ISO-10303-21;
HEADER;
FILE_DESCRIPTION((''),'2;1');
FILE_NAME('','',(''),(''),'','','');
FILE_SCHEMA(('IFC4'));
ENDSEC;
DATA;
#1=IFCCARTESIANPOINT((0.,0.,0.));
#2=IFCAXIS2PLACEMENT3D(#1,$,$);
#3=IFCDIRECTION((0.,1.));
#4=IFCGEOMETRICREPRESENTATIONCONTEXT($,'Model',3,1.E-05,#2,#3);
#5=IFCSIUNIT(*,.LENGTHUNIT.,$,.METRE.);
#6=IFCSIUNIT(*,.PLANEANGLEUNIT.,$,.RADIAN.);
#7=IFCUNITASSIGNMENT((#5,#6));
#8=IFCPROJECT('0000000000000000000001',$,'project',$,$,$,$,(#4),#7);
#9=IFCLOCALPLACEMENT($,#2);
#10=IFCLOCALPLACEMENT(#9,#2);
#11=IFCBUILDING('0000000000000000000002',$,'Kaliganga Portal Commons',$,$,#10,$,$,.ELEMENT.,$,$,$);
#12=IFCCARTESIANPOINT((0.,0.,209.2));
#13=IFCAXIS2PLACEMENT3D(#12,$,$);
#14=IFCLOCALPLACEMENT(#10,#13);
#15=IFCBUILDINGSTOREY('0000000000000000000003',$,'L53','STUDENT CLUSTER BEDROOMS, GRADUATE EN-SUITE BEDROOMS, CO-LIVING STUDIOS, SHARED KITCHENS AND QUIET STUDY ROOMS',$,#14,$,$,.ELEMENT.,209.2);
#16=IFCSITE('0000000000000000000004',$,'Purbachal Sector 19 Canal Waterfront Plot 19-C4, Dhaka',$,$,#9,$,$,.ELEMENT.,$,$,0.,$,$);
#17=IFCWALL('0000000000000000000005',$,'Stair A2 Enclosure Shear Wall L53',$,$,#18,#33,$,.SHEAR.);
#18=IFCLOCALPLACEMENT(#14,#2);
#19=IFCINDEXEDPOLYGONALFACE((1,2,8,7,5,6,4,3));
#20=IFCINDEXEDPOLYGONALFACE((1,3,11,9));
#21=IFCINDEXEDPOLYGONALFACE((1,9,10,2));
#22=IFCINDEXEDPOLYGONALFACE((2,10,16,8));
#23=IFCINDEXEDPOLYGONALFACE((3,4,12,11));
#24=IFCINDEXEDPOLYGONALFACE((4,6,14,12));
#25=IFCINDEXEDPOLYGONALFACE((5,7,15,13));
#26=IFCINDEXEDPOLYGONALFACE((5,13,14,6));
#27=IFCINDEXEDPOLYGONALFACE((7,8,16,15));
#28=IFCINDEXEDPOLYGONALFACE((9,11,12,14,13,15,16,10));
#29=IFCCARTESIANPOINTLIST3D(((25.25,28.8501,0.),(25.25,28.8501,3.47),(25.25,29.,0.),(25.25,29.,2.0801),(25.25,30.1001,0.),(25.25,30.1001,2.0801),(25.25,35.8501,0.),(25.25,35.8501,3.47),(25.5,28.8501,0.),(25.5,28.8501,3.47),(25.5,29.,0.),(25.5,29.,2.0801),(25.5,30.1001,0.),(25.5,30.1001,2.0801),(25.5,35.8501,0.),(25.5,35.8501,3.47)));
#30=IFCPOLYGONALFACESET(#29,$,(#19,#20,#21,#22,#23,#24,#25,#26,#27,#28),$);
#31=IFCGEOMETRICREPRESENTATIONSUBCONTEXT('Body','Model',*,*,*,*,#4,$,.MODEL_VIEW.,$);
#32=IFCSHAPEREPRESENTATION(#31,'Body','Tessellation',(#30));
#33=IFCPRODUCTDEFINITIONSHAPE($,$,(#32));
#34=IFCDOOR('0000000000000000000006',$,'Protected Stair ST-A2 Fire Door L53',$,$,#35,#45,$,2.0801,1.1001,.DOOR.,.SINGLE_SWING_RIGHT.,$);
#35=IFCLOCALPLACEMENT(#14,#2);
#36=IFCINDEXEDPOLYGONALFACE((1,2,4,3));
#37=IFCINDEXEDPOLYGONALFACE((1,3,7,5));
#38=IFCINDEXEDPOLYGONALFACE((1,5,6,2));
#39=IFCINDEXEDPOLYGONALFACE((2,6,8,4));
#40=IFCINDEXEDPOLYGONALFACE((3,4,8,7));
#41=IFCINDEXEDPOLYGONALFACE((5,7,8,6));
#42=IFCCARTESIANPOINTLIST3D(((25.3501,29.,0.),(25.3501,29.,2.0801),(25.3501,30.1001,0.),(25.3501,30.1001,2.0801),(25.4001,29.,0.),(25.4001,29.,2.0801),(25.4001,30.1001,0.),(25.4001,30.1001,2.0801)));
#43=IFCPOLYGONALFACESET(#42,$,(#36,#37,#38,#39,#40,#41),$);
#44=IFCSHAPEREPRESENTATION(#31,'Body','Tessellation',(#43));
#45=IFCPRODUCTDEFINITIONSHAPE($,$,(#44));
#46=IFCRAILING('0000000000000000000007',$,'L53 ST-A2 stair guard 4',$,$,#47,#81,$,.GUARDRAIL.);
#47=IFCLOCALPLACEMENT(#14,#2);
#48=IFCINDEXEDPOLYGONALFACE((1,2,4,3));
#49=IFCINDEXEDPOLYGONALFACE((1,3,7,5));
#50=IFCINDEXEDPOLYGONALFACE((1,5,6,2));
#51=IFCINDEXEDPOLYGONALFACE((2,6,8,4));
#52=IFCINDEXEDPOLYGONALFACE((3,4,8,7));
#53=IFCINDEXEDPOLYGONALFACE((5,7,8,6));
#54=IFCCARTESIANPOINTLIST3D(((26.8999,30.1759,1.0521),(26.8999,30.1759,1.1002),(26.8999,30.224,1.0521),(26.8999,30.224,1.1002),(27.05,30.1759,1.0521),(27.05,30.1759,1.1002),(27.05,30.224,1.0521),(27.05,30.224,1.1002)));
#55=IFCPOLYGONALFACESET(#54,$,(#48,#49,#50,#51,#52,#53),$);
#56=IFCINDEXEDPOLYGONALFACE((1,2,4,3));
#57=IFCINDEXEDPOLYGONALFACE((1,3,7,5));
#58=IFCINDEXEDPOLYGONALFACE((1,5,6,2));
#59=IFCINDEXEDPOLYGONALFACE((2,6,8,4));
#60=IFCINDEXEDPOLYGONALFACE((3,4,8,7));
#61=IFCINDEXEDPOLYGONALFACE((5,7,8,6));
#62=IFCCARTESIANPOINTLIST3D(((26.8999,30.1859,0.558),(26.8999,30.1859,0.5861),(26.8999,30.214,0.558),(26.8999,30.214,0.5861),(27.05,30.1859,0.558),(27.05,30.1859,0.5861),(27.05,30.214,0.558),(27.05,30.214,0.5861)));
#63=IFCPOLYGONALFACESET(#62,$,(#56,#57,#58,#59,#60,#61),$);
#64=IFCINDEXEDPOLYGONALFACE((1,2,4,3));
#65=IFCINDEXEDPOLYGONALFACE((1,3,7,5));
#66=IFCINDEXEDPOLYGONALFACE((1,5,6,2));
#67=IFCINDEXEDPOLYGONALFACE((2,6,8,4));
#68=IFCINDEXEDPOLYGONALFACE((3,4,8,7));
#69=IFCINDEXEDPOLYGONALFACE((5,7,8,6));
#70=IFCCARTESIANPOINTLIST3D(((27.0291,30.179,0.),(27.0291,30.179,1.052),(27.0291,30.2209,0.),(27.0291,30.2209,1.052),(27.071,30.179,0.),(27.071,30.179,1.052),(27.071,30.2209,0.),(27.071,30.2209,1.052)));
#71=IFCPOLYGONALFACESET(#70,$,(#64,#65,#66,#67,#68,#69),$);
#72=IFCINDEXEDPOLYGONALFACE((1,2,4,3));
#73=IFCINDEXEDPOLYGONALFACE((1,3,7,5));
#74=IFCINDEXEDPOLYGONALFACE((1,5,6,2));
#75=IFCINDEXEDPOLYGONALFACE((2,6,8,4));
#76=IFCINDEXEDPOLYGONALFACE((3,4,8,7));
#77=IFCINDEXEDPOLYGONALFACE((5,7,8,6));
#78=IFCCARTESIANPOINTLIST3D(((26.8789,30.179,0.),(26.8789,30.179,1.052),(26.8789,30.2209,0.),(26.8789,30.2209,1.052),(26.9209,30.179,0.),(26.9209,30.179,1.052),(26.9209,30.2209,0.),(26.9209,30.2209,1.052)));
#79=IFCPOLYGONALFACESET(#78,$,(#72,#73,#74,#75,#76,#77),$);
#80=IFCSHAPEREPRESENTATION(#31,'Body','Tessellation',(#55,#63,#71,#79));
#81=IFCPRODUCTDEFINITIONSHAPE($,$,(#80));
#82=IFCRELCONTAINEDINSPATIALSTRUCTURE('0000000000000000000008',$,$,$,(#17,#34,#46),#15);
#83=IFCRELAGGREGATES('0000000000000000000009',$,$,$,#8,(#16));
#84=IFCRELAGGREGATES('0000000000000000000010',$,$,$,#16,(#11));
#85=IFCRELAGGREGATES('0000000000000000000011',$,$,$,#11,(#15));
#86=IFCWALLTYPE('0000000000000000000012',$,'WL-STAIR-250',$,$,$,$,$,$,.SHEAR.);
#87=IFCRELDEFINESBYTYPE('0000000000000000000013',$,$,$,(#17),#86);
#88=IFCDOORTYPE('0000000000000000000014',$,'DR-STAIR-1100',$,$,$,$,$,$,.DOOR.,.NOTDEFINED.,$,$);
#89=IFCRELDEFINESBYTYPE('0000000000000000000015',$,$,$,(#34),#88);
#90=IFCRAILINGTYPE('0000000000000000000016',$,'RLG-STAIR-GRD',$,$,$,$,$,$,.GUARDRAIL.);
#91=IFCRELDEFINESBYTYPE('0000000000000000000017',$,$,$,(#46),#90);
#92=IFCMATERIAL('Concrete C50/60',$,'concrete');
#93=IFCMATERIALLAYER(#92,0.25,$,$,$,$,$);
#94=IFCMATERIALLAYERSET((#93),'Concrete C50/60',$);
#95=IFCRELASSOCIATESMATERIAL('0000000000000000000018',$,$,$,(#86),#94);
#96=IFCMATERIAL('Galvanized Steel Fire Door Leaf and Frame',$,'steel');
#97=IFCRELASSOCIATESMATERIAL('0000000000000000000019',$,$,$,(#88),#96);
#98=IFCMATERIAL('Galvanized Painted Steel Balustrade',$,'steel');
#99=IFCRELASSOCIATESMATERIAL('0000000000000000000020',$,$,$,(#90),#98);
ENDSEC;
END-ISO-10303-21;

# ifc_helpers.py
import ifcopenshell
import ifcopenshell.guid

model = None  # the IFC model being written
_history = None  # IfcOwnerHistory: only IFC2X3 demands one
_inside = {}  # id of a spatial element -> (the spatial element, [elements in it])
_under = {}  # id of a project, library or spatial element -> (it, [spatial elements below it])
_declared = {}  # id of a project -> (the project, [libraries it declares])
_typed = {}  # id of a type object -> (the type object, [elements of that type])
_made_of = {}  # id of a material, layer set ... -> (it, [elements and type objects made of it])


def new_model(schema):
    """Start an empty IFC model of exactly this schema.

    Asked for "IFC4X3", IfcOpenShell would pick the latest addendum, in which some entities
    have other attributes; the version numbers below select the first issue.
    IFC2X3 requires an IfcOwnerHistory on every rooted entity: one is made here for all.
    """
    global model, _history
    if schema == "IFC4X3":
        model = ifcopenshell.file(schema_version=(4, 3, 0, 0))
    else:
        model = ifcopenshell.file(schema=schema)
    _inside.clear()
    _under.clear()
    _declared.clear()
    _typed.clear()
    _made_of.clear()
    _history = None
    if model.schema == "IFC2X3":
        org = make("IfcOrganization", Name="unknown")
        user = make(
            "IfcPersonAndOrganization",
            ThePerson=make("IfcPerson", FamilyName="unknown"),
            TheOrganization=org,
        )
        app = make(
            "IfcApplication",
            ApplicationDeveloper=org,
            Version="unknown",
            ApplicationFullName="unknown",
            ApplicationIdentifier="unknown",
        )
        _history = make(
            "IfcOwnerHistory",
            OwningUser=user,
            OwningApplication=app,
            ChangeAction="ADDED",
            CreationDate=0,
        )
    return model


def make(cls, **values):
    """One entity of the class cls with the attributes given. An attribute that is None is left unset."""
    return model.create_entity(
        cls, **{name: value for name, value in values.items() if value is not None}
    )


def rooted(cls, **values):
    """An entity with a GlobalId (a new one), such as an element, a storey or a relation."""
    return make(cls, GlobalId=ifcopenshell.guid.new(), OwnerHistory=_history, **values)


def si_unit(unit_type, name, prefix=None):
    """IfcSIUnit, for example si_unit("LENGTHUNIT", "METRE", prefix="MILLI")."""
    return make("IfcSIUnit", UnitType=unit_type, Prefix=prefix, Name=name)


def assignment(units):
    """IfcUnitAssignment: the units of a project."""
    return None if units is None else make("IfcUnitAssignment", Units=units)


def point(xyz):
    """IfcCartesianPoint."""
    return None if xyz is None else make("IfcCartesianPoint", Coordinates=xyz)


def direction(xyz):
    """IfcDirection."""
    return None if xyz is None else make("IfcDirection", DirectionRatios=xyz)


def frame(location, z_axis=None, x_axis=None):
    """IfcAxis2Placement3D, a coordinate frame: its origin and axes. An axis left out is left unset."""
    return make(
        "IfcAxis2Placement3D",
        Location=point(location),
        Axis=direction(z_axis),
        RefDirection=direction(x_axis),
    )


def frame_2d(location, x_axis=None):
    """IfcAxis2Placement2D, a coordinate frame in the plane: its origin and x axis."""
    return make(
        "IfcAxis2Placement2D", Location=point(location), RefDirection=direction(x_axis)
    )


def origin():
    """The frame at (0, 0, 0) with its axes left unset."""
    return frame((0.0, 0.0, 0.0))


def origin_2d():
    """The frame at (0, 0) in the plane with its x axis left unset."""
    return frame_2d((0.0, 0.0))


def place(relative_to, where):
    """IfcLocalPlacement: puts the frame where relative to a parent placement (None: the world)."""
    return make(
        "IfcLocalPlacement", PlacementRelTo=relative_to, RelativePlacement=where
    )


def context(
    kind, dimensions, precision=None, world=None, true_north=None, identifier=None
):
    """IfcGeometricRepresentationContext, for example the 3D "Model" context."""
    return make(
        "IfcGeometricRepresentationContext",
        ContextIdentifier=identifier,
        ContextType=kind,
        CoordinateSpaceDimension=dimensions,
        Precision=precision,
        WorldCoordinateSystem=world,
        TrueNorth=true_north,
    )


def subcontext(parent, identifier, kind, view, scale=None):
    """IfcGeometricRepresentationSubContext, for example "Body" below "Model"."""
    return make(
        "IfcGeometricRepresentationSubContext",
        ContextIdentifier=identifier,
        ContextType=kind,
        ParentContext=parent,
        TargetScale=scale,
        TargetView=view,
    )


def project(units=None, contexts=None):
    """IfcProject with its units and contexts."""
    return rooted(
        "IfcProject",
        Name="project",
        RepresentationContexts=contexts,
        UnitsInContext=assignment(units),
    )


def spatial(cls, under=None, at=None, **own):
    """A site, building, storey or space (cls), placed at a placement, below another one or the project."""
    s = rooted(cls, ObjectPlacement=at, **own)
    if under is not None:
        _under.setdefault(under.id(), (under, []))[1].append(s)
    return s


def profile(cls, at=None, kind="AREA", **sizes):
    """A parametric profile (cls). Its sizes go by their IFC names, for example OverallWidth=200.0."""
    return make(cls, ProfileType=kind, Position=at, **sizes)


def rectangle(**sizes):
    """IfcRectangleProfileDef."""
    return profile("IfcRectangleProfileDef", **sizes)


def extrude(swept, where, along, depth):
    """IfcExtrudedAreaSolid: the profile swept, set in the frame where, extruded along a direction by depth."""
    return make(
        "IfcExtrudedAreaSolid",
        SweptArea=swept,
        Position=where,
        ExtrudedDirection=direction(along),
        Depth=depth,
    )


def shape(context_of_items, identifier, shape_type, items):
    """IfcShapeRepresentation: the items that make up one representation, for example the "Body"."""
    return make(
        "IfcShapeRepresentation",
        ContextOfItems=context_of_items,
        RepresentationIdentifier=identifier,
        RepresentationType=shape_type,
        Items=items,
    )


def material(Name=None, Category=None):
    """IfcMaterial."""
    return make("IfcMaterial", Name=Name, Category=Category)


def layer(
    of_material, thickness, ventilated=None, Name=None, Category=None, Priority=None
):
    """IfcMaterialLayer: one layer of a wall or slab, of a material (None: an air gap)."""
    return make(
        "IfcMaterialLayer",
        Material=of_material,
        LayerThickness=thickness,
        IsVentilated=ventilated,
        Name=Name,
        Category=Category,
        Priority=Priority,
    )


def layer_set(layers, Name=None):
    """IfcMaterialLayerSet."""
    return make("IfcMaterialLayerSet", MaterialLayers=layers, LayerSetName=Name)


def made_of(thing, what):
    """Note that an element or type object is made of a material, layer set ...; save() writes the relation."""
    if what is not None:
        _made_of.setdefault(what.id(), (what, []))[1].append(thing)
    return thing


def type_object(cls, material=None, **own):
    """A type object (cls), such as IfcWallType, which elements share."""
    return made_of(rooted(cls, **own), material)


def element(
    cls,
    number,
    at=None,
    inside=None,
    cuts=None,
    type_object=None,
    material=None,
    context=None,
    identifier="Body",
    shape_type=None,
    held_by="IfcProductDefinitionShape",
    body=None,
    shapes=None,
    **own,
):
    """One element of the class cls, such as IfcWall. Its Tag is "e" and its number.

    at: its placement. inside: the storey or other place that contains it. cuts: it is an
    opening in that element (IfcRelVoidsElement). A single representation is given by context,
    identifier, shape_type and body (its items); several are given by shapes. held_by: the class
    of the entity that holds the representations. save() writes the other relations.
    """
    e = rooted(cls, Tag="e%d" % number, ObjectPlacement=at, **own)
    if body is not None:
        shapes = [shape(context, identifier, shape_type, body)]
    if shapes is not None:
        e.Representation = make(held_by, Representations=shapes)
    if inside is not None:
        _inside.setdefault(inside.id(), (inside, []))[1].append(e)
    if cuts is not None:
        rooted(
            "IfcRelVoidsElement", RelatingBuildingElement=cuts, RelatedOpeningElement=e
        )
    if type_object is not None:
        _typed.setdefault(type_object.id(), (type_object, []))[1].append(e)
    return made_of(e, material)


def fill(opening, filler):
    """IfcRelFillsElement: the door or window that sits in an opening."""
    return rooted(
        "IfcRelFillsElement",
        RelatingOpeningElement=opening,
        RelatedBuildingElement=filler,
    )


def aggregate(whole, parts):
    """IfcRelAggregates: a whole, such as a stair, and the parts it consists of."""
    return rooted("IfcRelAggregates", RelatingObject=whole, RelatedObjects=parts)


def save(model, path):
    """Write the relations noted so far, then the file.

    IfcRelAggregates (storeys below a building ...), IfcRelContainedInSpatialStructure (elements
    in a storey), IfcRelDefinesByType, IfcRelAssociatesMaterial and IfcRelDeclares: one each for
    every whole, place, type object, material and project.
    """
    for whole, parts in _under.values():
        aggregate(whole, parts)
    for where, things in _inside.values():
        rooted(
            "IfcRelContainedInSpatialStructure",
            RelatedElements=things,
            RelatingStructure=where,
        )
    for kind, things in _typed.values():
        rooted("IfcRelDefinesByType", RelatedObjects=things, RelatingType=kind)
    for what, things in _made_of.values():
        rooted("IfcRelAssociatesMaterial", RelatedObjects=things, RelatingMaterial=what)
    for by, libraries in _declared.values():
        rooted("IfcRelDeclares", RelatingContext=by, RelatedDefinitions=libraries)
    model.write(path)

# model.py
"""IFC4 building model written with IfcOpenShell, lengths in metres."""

from ifc_helpers import new_model, si_unit, direction, frame, frame_2d, origin, origin_2d, place, context, subcontext, project, spatial, rectangle, extrude, material, layer, layer_set, type_object, element, fill, save


model = new_model("IFC4")

# Units and contexts
model_context = context("Model", 3, precision=1e-05, world=origin(), true_north=direction((0.0, 1.0)))
body_context = subcontext(model_context, "Body", "Model", "MODEL_VIEW")
ifc_project = project(units=[si_unit("LENGTHUNIT", "METRE"), si_unit("PLANEANGLEUNIT", "RADIAN")], contexts=[model_context])

# Site, building, storey
site_placement = place(None, origin())
site = spatial("IfcSite", under=ifc_project, at=site_placement, Name="Purbachal Sector 19 Canal Waterfront Plot 19-C4, Dhaka", CompositionType="ELEMENT", RefElevation=0.0)
building_placement = place(site_placement, origin())
building = spatial("IfcBuilding", under=site, at=building_placement, Name="Kaliganga Portal Commons", CompositionType="ELEMENT")
storey_placement = place(building_placement, frame((0.0, 0.0, 209.2)))
storey = spatial("IfcBuildingStorey", under=building, at=storey_placement, Name="L53", Description="STUDENT CLUSTER BEDROOMS, GRADUATE EN-SUITE BEDROOMS, CO-LIVING STUDIOS, SHARED KITCHENS AND QUIET STUDY ROOMS", CompositionType="ELEMENT", Elevation=209.2)

# Shared definitions
ifc_material_1 = material(Name="Concrete C50/60", Category="concrete")

# Wall, opening, door
ifc_layer_1 = layer(ifc_material_1, 0.25)
ifc_layer_set_1 = layer_set([ifc_layer_1], Name="Concrete C50/60")
wall_type_1 = type_object("IfcWallType", Name="WL-STAIR-250", PredefinedType="SHEAR", material=ifc_layer_set_1)
wall_1_placement = place(storey_placement, frame((25.375, 28.8501, 0.0), z_axis=(0.0, 0.0, 1.0), x_axis=(0.0, 1.0, 0.0)))
wall_1 = element("IfcWall", 1, at=wall_1_placement, inside=storey, type_object=wall_type_1, Name="Stair A2 Enclosure Shear Wall L53", PredefinedType="SHEAR", context=body_context, shape_type="SweptSolid", body=[
    extrude(rectangle(XDim=7.0, YDim=0.25, at=frame_2d((3.5, 0.0))), origin(), (0.0, 0.0, 1.0), 3.47),
])
opening_1_placement = place(wall_1_placement, frame((0.1499, 0.0, 0.0)))
opening_1 = element("IfcOpeningElement", 2, at=opening_1_placement, cuts=wall_1, PredefinedType="OPENING", context=body_context, shape_type="SweptSolid", body=[
    extrude(rectangle(XDim=1.1001, YDim=2.0801, at=frame_2d((0.55, 1.04))), frame((0.0, 0.135, 0.0), z_axis=(0.0, -1.0, 0.0), x_axis=(1.0, 0.0, 0.0)), (0.0, 0.0, 1.0), 0.27),
])
ifc_material_2 = material(Name="Galvanized Steel Fire Door Leaf and Frame", Category="steel")
door_type_1 = type_object("IfcDoorType", Name="DR-STAIR-1100", OperationType="NOTDEFINED", PredefinedType="DOOR", material=ifc_material_2)
door_1_placement = place(opening_1_placement, origin())
door_1 = element("IfcDoor", 3, at=door_1_placement, inside=storey, type_object=door_type_1, Name="Protected Stair ST-A2 Fire Door L53", OperationType="SINGLE_SWING_RIGHT", OverallHeight=2.0801, OverallWidth=1.1001, PredefinedType="DOOR", context=body_context, shape_type="SweptSolid", body=[
    extrude(rectangle(XDim=1.1001, YDim=2.0801, at=frame_2d((0.55, 1.04))), frame((0.0, 0.0249, 0.0), z_axis=(0.0, -1.0, 0.0), x_axis=(1.0, 0.0, 0.0)), (0.0, 0.0, 1.0), 0.05),
])
fill(opening_1, door_1)

# Railing
ifc_material_3 = material(Name="Galvanized Painted Steel Balustrade", Category="steel")
railing_type = type_object("IfcRailingType", Name="RLG-STAIR-GRD", PredefinedType="GUARDRAIL", material=ifc_material_3)
railing_placement = place(storey_placement, frame((27.05, 30.2, 0.0)))
element("IfcRailing", 4, at=railing_placement, inside=storey, type_object=railing_type, Name="L53 ST-A2 stair guard 4", PredefinedType="GUARDRAIL", context=body_context, shape_type="SweptSolid", body=[
    extrude(rectangle(XDim=0.0481, YDim=0.0481, at=origin_2d()), frame((0.0, 0.0, 1.0762), z_axis=(-1.0, 0.0, 0.0), x_axis=(0.0, -1.0, 0.0)), (0.0, 0.0, 1.0), 0.1501),
    extrude(rectangle(XDim=0.0281, YDim=0.0281, at=origin_2d()), frame((0.0, 0.0, 0.572), z_axis=(-1.0, 0.0, 0.0), x_axis=(0.0, -1.0, 0.0)), (0.0, 0.0, 1.0), 0.1501),
    extrude(rectangle(XDim=0.042, YDim=0.042, at=origin_2d()), origin(), (0.0, 0.0, 1.0), 1.052),
    extrude(rectangle(XDim=0.042, YDim=0.042, at=origin_2d()), frame((-0.1501, 0.0, 0.0)), (0.0, 0.0, 1.0), 1.052),
])

save(model, "model.ifc")
